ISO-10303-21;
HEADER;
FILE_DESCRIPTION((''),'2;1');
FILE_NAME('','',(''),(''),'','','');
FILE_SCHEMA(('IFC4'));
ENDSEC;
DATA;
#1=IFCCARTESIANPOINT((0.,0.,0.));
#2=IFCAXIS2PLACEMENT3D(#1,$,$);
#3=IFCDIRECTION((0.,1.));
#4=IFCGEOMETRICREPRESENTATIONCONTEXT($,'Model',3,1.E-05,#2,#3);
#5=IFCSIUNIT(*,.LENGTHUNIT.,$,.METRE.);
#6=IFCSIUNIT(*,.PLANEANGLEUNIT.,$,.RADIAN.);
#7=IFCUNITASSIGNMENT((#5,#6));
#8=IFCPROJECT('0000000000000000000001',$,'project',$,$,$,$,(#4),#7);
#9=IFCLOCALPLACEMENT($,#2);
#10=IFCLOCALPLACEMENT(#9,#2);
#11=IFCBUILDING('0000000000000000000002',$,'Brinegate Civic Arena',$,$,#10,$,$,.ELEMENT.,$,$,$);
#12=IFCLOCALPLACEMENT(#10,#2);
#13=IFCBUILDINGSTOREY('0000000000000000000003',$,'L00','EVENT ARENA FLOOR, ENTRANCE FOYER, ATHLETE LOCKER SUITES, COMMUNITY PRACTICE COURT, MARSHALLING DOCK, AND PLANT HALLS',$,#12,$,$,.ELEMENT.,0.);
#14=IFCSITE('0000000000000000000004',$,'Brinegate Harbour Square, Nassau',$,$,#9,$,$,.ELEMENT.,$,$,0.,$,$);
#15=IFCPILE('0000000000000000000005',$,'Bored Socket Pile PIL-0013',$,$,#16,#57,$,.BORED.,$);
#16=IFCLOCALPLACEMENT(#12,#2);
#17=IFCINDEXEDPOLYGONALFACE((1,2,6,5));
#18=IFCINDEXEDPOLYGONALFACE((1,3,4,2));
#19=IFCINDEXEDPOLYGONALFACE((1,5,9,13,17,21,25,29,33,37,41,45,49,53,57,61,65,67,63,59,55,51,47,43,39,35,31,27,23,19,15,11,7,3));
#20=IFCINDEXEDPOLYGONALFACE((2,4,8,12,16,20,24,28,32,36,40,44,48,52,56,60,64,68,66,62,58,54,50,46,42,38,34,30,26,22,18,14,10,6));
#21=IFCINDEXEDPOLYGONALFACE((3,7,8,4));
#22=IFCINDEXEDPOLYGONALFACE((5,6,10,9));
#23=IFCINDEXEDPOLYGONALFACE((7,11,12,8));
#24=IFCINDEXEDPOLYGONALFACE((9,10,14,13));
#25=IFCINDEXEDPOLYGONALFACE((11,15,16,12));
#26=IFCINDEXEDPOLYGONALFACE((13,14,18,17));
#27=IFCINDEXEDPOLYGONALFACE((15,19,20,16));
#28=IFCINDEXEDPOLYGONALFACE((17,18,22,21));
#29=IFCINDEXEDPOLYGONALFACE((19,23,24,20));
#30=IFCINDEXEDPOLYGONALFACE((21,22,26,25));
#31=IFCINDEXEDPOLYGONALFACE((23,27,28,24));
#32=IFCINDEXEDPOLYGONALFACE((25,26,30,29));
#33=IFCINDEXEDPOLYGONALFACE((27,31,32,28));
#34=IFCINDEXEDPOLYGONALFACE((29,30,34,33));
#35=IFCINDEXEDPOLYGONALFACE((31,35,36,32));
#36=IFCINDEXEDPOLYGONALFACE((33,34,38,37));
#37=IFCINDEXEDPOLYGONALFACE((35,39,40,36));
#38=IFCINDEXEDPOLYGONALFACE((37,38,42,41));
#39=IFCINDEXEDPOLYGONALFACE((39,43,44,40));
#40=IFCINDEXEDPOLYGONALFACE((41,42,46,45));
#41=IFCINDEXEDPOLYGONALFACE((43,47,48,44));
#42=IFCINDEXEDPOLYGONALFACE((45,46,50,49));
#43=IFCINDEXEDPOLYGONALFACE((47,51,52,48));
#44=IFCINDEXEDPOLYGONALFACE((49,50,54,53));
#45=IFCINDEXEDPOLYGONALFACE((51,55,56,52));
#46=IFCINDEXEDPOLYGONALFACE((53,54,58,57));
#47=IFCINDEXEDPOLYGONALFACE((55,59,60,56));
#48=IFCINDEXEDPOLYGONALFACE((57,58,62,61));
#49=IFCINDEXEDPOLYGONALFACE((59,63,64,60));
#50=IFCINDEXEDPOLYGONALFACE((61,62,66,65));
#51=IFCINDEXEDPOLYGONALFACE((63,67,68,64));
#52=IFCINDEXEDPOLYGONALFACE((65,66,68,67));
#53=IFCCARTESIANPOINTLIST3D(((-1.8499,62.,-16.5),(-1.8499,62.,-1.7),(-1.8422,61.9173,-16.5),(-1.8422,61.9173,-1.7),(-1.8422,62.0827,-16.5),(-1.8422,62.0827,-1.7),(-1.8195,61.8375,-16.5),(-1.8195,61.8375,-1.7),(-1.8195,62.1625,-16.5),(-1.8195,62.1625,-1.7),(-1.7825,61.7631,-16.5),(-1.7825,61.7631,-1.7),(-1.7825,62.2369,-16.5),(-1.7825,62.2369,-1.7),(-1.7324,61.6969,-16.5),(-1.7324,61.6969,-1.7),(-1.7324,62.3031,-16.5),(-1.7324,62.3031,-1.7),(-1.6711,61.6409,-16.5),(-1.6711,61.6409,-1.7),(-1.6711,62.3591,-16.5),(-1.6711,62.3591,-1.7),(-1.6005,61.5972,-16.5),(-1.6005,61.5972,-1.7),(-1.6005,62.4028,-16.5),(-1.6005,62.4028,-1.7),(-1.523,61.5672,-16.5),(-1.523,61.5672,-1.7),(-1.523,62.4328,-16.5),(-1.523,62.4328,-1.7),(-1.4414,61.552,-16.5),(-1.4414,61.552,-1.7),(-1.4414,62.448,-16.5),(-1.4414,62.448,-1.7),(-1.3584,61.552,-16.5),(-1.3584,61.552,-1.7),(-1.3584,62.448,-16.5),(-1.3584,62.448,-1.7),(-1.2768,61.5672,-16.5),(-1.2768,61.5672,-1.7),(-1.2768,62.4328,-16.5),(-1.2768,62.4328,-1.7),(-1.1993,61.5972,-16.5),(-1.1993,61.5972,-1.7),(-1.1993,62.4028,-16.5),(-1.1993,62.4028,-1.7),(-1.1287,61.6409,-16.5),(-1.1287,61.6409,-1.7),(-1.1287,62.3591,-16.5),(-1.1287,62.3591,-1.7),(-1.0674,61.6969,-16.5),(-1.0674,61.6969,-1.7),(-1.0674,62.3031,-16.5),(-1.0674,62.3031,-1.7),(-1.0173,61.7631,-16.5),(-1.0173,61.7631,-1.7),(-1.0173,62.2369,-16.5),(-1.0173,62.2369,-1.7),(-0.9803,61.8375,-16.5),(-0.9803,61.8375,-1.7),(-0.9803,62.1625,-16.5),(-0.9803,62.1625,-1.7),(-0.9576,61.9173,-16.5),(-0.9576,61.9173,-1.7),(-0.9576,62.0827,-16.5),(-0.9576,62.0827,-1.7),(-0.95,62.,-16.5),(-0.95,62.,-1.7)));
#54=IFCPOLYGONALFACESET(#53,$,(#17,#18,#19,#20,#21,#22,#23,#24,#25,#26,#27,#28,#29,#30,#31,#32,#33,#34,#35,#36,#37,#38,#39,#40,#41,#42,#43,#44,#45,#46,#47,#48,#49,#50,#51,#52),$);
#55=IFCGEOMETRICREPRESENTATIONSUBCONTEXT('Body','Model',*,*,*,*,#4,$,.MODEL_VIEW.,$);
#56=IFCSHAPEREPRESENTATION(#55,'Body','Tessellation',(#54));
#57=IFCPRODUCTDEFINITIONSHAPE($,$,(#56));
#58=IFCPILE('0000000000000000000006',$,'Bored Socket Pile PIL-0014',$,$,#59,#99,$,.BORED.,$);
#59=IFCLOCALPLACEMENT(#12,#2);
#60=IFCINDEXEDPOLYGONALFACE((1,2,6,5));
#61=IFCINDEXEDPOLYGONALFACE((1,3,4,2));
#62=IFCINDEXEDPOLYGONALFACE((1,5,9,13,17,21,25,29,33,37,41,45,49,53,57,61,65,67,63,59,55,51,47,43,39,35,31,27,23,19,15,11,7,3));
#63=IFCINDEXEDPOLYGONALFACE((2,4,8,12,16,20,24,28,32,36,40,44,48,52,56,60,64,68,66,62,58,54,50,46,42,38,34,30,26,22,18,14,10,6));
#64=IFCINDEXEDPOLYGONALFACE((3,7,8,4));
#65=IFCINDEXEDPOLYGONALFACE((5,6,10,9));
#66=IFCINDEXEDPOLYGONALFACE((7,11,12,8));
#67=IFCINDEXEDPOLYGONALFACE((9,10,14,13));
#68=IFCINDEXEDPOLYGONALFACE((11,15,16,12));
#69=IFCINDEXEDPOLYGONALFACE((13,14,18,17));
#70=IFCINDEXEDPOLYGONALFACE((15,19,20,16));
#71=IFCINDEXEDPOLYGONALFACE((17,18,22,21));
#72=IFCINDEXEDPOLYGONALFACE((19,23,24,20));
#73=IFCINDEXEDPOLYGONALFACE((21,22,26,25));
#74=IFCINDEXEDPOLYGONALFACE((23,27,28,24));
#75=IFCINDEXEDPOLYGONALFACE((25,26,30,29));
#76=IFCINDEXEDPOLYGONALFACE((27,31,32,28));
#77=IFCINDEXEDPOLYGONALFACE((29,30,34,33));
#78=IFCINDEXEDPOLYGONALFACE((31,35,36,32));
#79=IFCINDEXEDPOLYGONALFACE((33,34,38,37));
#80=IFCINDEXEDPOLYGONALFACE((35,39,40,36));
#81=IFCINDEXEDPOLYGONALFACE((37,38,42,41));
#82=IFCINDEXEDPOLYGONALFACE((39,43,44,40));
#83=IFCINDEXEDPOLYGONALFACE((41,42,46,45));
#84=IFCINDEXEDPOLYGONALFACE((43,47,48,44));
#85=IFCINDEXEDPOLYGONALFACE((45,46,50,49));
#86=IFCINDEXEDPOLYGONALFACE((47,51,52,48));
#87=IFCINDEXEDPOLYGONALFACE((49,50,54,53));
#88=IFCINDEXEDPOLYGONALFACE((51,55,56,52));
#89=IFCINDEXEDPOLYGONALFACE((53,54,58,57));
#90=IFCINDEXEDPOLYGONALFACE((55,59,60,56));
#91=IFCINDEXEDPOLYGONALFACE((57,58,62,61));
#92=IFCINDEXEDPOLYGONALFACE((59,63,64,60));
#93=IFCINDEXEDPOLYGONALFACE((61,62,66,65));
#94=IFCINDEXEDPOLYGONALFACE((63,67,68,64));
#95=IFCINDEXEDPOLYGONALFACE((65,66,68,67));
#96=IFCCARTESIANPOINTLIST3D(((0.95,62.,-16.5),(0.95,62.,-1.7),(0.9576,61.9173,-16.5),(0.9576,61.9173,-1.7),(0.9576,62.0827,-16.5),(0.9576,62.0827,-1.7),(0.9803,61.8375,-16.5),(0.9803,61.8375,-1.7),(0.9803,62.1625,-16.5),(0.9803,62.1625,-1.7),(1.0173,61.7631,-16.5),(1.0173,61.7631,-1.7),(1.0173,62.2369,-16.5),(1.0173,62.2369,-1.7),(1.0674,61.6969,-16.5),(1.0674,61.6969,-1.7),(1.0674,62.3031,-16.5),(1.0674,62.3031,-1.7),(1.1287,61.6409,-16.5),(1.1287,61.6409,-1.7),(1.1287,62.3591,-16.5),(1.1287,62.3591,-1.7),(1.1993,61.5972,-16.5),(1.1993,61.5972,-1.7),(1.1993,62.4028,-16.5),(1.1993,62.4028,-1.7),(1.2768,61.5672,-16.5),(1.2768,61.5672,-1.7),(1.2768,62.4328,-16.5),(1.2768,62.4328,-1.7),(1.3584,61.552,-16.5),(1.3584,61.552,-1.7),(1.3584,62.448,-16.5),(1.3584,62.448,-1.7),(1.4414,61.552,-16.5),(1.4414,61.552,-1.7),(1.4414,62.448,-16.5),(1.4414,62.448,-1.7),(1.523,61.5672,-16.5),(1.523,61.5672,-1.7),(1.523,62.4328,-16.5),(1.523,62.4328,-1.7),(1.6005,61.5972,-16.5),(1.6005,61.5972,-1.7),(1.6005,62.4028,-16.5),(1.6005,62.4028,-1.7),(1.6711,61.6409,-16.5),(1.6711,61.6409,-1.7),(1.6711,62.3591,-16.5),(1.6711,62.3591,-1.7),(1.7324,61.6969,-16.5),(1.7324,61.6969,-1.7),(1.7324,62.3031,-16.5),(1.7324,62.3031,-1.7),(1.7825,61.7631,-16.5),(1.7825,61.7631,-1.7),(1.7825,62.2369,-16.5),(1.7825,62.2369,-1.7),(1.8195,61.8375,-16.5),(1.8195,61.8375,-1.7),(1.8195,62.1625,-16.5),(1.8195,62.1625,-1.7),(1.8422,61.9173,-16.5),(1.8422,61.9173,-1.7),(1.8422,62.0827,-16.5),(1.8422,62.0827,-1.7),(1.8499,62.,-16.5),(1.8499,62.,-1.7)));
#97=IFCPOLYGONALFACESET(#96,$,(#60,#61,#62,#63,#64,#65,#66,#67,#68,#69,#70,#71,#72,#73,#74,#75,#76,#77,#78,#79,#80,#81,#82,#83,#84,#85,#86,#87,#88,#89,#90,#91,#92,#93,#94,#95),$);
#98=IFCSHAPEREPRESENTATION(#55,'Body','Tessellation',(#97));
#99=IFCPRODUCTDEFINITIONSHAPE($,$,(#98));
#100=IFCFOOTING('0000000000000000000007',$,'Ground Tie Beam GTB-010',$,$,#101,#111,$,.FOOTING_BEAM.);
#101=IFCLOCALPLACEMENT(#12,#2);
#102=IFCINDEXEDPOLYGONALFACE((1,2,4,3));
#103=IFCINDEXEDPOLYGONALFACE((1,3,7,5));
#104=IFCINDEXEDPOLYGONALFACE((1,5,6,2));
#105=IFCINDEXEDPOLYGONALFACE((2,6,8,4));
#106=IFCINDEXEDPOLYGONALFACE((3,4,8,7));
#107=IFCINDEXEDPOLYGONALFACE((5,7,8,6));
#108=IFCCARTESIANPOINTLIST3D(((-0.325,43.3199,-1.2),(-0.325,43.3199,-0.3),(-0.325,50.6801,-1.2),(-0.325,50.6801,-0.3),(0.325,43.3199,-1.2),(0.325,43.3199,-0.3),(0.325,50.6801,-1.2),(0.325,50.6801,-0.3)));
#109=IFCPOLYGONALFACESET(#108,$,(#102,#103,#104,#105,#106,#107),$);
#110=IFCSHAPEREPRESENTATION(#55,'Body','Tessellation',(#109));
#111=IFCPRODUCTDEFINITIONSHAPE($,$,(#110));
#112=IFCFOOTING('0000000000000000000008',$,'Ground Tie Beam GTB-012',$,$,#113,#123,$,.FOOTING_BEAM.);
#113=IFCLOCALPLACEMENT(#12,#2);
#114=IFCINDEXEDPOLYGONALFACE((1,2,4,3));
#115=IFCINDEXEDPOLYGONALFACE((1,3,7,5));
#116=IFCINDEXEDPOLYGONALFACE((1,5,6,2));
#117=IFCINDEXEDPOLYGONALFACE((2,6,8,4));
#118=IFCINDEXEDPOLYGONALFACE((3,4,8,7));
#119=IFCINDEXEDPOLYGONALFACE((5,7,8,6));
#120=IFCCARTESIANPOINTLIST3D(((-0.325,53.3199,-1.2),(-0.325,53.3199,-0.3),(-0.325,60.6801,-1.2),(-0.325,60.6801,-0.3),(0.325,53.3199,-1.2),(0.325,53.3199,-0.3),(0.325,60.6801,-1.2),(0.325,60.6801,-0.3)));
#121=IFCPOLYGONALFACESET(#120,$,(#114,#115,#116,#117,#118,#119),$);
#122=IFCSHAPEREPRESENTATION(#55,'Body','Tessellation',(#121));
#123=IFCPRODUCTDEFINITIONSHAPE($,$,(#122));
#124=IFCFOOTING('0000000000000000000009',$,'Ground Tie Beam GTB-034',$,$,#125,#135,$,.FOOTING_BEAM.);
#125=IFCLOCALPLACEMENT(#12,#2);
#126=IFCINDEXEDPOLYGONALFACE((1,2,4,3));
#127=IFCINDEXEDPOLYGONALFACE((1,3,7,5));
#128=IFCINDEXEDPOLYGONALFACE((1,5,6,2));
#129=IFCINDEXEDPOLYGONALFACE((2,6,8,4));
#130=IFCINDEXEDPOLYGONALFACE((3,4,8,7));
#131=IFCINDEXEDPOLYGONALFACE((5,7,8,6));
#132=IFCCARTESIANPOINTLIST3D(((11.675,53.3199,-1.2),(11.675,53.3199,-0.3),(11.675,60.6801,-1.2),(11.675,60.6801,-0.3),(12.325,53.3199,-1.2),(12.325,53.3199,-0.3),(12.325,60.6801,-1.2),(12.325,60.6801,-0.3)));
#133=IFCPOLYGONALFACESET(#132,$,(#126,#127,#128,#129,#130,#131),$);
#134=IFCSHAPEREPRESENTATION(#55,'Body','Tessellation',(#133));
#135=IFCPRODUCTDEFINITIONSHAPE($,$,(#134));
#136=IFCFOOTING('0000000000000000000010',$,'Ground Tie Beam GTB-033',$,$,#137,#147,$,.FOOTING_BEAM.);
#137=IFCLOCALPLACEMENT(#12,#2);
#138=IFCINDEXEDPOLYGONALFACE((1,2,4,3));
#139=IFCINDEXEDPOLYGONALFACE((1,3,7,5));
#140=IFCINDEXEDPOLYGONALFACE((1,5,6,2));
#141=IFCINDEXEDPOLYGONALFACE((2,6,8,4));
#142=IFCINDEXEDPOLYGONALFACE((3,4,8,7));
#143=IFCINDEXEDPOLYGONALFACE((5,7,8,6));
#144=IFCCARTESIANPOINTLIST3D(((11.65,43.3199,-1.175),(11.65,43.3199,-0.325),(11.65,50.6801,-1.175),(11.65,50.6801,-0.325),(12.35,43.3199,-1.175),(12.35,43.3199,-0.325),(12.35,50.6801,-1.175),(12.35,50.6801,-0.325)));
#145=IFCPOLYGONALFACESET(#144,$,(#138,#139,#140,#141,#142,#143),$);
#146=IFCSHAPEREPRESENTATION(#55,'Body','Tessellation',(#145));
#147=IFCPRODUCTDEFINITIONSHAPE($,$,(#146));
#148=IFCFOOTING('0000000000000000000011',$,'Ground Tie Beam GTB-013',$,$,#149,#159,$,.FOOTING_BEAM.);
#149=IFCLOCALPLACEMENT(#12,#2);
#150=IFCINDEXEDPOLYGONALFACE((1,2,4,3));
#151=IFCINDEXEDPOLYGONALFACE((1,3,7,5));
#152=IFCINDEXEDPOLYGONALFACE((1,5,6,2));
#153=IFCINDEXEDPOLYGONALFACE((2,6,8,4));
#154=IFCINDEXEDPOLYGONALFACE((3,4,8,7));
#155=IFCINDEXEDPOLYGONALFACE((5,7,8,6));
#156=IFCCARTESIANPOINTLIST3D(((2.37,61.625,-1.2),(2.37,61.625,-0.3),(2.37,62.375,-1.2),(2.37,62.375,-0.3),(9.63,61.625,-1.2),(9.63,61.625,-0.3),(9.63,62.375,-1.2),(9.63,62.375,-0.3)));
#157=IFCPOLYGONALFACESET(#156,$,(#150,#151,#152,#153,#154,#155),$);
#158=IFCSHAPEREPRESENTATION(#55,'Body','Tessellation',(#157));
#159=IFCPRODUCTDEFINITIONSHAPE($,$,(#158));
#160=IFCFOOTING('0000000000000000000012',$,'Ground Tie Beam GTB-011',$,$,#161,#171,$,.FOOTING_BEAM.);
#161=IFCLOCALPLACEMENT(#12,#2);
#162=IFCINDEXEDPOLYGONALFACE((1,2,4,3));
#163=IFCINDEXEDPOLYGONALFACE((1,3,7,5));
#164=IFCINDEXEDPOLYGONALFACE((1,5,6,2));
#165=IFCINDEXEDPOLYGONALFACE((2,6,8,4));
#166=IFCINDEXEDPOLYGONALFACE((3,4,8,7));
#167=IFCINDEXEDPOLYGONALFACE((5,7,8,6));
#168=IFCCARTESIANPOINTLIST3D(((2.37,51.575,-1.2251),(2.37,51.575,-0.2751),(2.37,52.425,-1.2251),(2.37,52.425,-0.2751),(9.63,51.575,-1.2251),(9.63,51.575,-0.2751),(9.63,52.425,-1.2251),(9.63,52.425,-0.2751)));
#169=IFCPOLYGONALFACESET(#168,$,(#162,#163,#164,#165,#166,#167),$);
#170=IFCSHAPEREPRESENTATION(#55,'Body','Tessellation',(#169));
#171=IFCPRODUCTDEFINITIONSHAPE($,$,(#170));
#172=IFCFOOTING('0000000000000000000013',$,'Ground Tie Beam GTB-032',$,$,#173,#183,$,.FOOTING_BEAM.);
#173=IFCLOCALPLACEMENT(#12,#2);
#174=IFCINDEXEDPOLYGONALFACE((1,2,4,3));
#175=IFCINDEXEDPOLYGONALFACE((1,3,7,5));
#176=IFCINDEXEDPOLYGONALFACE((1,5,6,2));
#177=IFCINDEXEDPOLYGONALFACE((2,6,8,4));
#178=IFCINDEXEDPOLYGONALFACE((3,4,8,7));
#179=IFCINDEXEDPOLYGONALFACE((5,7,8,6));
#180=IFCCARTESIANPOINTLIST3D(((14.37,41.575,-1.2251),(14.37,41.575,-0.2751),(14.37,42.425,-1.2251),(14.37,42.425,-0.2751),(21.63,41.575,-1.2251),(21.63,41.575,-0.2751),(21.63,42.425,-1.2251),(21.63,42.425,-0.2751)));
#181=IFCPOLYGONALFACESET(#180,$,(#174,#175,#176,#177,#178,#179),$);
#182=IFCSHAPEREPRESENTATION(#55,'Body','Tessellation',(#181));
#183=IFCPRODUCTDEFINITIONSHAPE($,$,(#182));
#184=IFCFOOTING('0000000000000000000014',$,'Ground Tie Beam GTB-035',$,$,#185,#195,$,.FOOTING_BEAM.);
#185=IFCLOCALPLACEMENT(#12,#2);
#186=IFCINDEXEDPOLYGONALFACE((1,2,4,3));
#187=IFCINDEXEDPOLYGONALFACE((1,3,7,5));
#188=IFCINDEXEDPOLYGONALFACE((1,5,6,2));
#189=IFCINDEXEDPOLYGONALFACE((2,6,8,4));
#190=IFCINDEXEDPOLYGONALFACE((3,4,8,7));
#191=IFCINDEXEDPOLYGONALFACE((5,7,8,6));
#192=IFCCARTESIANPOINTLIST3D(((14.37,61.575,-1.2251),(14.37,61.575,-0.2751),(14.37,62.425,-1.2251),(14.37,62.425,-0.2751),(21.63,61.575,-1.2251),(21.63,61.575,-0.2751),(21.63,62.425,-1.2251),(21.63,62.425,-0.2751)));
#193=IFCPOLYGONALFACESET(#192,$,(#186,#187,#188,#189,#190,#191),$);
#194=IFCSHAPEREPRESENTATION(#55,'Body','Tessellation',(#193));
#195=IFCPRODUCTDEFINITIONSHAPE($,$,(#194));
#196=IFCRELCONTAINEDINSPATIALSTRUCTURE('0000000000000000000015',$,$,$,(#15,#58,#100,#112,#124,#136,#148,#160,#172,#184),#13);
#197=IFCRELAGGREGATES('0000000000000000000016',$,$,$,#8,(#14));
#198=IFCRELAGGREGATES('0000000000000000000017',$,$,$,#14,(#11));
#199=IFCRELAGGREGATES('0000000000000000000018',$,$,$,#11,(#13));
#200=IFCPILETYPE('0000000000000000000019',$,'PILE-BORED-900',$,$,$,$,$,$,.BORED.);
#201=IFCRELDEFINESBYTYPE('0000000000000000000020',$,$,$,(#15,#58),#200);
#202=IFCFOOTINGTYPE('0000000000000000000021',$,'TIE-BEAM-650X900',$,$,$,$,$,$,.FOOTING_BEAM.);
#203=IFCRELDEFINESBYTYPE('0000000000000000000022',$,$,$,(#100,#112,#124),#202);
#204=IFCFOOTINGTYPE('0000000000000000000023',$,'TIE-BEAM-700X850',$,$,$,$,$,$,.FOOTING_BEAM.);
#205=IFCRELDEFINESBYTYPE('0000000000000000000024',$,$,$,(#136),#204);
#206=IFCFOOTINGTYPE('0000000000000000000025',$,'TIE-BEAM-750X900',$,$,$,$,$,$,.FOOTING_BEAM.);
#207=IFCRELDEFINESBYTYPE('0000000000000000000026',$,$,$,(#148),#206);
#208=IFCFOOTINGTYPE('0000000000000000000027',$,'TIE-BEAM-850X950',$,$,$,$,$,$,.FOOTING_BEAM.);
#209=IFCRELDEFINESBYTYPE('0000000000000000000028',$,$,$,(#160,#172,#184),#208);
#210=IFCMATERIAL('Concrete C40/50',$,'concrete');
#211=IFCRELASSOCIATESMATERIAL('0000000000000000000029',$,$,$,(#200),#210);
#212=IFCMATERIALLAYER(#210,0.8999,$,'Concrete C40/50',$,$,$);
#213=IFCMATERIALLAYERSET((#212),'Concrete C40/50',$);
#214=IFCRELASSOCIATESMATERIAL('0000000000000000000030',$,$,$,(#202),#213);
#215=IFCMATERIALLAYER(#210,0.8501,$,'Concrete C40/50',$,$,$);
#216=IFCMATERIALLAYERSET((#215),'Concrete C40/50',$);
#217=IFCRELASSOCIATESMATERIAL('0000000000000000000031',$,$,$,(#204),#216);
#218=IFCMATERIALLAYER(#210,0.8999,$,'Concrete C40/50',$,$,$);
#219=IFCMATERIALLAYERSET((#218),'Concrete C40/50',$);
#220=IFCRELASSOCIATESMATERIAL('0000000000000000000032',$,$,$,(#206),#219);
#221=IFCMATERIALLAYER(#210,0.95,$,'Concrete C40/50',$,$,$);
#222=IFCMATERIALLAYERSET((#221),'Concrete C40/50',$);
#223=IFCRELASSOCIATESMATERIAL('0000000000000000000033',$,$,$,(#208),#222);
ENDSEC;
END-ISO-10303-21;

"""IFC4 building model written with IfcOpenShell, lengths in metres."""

from ifc_helpers import new_model, si_unit, direction, frame, origin, origin_2d, place, context, subcontext, project, spatial, rectangle, circle, extrude, material, layer, layer_set, material_profile, profile_set, type_object, element, save


model = new_model("IFC4")

# Units and contexts
model_context = context("Model", 3, precision=1e-05, world=origin(), true_north=direction((0.0, 1.0)))
body_context = subcontext(model_context, "Body", "Model", "MODEL_VIEW")
ifc_project = project(units=[si_unit("LENGTHUNIT", "METRE"), si_unit("PLANEANGLEUNIT", "RADIAN")], contexts=[model_context])

# Site, building, storey
site_placement = place(None, origin())
site = spatial("IfcSite", under=ifc_project, at=site_placement, Name="Brinegate Harbour Square, Nassau", CompositionType="ELEMENT", RefElevation=0.0)
building_placement = place(site_placement, origin())
building = spatial("IfcBuilding", under=site, at=building_placement, Name="Brinegate Civic Arena", CompositionType="ELEMENT")
storey_placement = place(building_placement, origin())
storey = spatial("IfcBuildingStorey", under=building, at=storey_placement, Name="L00", Description="EVENT ARENA FLOOR, ENTRANCE FOYER, ATHLETE LOCKER SUITES, COMMUNITY PRACTICE COURT, MARSHALLING DOCK, AND PLANT HALLS", CompositionType="ELEMENT", Elevation=0.0)

# Shared definitions
ifc_material_1 = material(Name="Concrete C40/50", Category="concrete")

# Piles
ifc_material_profile_1 = material_profile(ifc_material_1, circle(Radius=0.45, at=origin_2d()), Name="PILED900")
ifc_profile_set_1 = profile_set([ifc_material_profile_1], Name="Concrete C40/50")
pile_type_1 = type_object("IfcPileType", Name="PILE-BORED-900", PredefinedType="BORED", material=ifc_profile_set_1)
for number, where, z_axis, x_axis, name in (
    (1, (-1.3999, 62.0, -1.7), (0.0, 0.0, -1.0), (1.0, 0.0, 0.0), "Bored Socket Pile PIL-0013"),
    (2, (1.3999, 62.0, -1.7), (0.0, 0.0, -1.0), (1.0, 0.0, 0.0), "Bored Socket Pile PIL-0014"),
):
    element("IfcPile", number, at=place(storey_placement, frame(where, z_axis=z_axis, x_axis=x_axis)), inside=storey, type_object=pile_type_1, Name=name, PredefinedType="BORED", context=body_context, shape_type="SweptSolid", body=[
        extrude(circle(Radius=0.45, at=origin_2d()), origin(), (0.0, 0.0, 1.0), 14.8),
    ])

# Footings
ifc_layer_1 = layer(ifc_material_1, 0.8999, Name="Concrete C40/50")
ifc_layer_set_1 = layer_set([ifc_layer_1], Name="Concrete C40/50")
footing_type_1 = type_object("IfcFootingType", Name="TIE-BEAM-650X900", PredefinedType="FOOTING_BEAM", material=ifc_layer_set_1)
for number, where, z_axis, x_axis, name in (
    (3, (0.0, 47.0, -1.2), (0.0, 0.0, 1.0), (0.0, 1.0, 0.0), "Ground Tie Beam GTB-010"),
    (4, (0.0, 57.0, -1.2), (0.0, 0.0, 1.0), (0.0, 1.0, 0.0), "Ground Tie Beam GTB-012"),
    (5, (12.0, 57.0, -1.2), (0.0, 0.0, 1.0), (0.0, 1.0, 0.0), "Ground Tie Beam GTB-034"),
):
    element("IfcFooting", number, at=place(storey_placement, frame(where, z_axis=z_axis, x_axis=x_axis)), inside=storey, type_object=footing_type_1, Name=name, PredefinedType="FOOTING_BEAM", context=body_context, shape_type="SweptSolid", body=[
        extrude(rectangle(XDim=7.3601, YDim=0.6499, at=origin_2d()), origin(), (0.0, 0.0, 1.0), 0.8999),
    ])
ifc_layer_2 = layer(ifc_material_1, 0.8501, Name="Concrete C40/50")
ifc_layer_set_2 = layer_set([ifc_layer_2], Name="Concrete C40/50")
footing_type_2 = type_object("IfcFootingType", Name="TIE-BEAM-700X850", PredefinedType="FOOTING_BEAM", material=ifc_layer_set_2)
footing_1_placement = place(storey_placement, frame((12.0, 47.0, -1.175), z_axis=(0.0, 0.0, 1.0), x_axis=(0.0, 1.0, 0.0)))
element("IfcFooting", 6, at=footing_1_placement, inside=storey, type_object=footing_type_2, Name="Ground Tie Beam GTB-033", PredefinedType="FOOTING_BEAM", context=body_context, shape_type="SweptSolid", body=[
    extrude(rectangle(XDim=7.3601, YDim=0.7, at=origin_2d()), origin(), (0.0, 0.0, 1.0), 0.8501),
])
ifc_layer_3 = layer(ifc_material_1, 0.8999, Name="Concrete C40/50")
ifc_layer_set_3 = layer_set([ifc_layer_3], Name="Concrete C40/50")
footing_type_3 = type_object("IfcFootingType", Name="TIE-BEAM-750X900", PredefinedType="FOOTING_BEAM", material=ifc_layer_set_3)
footing_2_placement = place(storey_placement, frame((6.0, 62.0, -1.2), z_axis=(0.0, 0.0, 1.0), x_axis=(1.0, 0.0, 0.0)))
element("IfcFooting", 7, at=footing_2_placement, inside=storey, type_object=footing_type_3, Name="Ground Tie Beam GTB-013", PredefinedType="FOOTING_BEAM", context=body_context, shape_type="SweptSolid", body=[
    extrude(rectangle(XDim=7.26, YDim=0.75, at=origin_2d()), origin(), (0.0, 0.0, 1.0), 0.8999),
])
ifc_layer_4 = layer(ifc_material_1, 0.95, Name="Concrete C40/50")
ifc_layer_set_4 = layer_set([ifc_layer_4], Name="Concrete C40/50")
footing_type_4 = type_object("IfcFootingType", Name="TIE-BEAM-850X950", PredefinedType="FOOTING_BEAM", material=ifc_layer_set_4)
for number, where, z_axis, x_axis, name in (
    (8, (6.0, 52.0, -1.2251), (0.0, 0.0, 1.0), (1.0, 0.0, 0.0), "Ground Tie Beam GTB-011"),
    (9, (18.0, 42.0, -1.2251), (0.0, 0.0, 1.0), (1.0, 0.0, 0.0), "Ground Tie Beam GTB-032"),
    (10, (18.0, 62.0, -1.2251), (0.0, 0.0, 1.0), (1.0, 0.0, 0.0), "Ground Tie Beam GTB-035"),
):
    element("IfcFooting", number, at=place(storey_placement, frame(where, z_axis=z_axis, x_axis=x_axis)), inside=storey, type_object=footing_type_4, Name=name, PredefinedType="FOOTING_BEAM", context=body_context, shape_type="SweptSolid", body=[
        extrude(rectangle(XDim=7.26, YDim=0.8501, at=origin_2d()), origin(), (0.0, 0.0, 1.0), 0.95),
    ])

save(model, "model.ifc")
